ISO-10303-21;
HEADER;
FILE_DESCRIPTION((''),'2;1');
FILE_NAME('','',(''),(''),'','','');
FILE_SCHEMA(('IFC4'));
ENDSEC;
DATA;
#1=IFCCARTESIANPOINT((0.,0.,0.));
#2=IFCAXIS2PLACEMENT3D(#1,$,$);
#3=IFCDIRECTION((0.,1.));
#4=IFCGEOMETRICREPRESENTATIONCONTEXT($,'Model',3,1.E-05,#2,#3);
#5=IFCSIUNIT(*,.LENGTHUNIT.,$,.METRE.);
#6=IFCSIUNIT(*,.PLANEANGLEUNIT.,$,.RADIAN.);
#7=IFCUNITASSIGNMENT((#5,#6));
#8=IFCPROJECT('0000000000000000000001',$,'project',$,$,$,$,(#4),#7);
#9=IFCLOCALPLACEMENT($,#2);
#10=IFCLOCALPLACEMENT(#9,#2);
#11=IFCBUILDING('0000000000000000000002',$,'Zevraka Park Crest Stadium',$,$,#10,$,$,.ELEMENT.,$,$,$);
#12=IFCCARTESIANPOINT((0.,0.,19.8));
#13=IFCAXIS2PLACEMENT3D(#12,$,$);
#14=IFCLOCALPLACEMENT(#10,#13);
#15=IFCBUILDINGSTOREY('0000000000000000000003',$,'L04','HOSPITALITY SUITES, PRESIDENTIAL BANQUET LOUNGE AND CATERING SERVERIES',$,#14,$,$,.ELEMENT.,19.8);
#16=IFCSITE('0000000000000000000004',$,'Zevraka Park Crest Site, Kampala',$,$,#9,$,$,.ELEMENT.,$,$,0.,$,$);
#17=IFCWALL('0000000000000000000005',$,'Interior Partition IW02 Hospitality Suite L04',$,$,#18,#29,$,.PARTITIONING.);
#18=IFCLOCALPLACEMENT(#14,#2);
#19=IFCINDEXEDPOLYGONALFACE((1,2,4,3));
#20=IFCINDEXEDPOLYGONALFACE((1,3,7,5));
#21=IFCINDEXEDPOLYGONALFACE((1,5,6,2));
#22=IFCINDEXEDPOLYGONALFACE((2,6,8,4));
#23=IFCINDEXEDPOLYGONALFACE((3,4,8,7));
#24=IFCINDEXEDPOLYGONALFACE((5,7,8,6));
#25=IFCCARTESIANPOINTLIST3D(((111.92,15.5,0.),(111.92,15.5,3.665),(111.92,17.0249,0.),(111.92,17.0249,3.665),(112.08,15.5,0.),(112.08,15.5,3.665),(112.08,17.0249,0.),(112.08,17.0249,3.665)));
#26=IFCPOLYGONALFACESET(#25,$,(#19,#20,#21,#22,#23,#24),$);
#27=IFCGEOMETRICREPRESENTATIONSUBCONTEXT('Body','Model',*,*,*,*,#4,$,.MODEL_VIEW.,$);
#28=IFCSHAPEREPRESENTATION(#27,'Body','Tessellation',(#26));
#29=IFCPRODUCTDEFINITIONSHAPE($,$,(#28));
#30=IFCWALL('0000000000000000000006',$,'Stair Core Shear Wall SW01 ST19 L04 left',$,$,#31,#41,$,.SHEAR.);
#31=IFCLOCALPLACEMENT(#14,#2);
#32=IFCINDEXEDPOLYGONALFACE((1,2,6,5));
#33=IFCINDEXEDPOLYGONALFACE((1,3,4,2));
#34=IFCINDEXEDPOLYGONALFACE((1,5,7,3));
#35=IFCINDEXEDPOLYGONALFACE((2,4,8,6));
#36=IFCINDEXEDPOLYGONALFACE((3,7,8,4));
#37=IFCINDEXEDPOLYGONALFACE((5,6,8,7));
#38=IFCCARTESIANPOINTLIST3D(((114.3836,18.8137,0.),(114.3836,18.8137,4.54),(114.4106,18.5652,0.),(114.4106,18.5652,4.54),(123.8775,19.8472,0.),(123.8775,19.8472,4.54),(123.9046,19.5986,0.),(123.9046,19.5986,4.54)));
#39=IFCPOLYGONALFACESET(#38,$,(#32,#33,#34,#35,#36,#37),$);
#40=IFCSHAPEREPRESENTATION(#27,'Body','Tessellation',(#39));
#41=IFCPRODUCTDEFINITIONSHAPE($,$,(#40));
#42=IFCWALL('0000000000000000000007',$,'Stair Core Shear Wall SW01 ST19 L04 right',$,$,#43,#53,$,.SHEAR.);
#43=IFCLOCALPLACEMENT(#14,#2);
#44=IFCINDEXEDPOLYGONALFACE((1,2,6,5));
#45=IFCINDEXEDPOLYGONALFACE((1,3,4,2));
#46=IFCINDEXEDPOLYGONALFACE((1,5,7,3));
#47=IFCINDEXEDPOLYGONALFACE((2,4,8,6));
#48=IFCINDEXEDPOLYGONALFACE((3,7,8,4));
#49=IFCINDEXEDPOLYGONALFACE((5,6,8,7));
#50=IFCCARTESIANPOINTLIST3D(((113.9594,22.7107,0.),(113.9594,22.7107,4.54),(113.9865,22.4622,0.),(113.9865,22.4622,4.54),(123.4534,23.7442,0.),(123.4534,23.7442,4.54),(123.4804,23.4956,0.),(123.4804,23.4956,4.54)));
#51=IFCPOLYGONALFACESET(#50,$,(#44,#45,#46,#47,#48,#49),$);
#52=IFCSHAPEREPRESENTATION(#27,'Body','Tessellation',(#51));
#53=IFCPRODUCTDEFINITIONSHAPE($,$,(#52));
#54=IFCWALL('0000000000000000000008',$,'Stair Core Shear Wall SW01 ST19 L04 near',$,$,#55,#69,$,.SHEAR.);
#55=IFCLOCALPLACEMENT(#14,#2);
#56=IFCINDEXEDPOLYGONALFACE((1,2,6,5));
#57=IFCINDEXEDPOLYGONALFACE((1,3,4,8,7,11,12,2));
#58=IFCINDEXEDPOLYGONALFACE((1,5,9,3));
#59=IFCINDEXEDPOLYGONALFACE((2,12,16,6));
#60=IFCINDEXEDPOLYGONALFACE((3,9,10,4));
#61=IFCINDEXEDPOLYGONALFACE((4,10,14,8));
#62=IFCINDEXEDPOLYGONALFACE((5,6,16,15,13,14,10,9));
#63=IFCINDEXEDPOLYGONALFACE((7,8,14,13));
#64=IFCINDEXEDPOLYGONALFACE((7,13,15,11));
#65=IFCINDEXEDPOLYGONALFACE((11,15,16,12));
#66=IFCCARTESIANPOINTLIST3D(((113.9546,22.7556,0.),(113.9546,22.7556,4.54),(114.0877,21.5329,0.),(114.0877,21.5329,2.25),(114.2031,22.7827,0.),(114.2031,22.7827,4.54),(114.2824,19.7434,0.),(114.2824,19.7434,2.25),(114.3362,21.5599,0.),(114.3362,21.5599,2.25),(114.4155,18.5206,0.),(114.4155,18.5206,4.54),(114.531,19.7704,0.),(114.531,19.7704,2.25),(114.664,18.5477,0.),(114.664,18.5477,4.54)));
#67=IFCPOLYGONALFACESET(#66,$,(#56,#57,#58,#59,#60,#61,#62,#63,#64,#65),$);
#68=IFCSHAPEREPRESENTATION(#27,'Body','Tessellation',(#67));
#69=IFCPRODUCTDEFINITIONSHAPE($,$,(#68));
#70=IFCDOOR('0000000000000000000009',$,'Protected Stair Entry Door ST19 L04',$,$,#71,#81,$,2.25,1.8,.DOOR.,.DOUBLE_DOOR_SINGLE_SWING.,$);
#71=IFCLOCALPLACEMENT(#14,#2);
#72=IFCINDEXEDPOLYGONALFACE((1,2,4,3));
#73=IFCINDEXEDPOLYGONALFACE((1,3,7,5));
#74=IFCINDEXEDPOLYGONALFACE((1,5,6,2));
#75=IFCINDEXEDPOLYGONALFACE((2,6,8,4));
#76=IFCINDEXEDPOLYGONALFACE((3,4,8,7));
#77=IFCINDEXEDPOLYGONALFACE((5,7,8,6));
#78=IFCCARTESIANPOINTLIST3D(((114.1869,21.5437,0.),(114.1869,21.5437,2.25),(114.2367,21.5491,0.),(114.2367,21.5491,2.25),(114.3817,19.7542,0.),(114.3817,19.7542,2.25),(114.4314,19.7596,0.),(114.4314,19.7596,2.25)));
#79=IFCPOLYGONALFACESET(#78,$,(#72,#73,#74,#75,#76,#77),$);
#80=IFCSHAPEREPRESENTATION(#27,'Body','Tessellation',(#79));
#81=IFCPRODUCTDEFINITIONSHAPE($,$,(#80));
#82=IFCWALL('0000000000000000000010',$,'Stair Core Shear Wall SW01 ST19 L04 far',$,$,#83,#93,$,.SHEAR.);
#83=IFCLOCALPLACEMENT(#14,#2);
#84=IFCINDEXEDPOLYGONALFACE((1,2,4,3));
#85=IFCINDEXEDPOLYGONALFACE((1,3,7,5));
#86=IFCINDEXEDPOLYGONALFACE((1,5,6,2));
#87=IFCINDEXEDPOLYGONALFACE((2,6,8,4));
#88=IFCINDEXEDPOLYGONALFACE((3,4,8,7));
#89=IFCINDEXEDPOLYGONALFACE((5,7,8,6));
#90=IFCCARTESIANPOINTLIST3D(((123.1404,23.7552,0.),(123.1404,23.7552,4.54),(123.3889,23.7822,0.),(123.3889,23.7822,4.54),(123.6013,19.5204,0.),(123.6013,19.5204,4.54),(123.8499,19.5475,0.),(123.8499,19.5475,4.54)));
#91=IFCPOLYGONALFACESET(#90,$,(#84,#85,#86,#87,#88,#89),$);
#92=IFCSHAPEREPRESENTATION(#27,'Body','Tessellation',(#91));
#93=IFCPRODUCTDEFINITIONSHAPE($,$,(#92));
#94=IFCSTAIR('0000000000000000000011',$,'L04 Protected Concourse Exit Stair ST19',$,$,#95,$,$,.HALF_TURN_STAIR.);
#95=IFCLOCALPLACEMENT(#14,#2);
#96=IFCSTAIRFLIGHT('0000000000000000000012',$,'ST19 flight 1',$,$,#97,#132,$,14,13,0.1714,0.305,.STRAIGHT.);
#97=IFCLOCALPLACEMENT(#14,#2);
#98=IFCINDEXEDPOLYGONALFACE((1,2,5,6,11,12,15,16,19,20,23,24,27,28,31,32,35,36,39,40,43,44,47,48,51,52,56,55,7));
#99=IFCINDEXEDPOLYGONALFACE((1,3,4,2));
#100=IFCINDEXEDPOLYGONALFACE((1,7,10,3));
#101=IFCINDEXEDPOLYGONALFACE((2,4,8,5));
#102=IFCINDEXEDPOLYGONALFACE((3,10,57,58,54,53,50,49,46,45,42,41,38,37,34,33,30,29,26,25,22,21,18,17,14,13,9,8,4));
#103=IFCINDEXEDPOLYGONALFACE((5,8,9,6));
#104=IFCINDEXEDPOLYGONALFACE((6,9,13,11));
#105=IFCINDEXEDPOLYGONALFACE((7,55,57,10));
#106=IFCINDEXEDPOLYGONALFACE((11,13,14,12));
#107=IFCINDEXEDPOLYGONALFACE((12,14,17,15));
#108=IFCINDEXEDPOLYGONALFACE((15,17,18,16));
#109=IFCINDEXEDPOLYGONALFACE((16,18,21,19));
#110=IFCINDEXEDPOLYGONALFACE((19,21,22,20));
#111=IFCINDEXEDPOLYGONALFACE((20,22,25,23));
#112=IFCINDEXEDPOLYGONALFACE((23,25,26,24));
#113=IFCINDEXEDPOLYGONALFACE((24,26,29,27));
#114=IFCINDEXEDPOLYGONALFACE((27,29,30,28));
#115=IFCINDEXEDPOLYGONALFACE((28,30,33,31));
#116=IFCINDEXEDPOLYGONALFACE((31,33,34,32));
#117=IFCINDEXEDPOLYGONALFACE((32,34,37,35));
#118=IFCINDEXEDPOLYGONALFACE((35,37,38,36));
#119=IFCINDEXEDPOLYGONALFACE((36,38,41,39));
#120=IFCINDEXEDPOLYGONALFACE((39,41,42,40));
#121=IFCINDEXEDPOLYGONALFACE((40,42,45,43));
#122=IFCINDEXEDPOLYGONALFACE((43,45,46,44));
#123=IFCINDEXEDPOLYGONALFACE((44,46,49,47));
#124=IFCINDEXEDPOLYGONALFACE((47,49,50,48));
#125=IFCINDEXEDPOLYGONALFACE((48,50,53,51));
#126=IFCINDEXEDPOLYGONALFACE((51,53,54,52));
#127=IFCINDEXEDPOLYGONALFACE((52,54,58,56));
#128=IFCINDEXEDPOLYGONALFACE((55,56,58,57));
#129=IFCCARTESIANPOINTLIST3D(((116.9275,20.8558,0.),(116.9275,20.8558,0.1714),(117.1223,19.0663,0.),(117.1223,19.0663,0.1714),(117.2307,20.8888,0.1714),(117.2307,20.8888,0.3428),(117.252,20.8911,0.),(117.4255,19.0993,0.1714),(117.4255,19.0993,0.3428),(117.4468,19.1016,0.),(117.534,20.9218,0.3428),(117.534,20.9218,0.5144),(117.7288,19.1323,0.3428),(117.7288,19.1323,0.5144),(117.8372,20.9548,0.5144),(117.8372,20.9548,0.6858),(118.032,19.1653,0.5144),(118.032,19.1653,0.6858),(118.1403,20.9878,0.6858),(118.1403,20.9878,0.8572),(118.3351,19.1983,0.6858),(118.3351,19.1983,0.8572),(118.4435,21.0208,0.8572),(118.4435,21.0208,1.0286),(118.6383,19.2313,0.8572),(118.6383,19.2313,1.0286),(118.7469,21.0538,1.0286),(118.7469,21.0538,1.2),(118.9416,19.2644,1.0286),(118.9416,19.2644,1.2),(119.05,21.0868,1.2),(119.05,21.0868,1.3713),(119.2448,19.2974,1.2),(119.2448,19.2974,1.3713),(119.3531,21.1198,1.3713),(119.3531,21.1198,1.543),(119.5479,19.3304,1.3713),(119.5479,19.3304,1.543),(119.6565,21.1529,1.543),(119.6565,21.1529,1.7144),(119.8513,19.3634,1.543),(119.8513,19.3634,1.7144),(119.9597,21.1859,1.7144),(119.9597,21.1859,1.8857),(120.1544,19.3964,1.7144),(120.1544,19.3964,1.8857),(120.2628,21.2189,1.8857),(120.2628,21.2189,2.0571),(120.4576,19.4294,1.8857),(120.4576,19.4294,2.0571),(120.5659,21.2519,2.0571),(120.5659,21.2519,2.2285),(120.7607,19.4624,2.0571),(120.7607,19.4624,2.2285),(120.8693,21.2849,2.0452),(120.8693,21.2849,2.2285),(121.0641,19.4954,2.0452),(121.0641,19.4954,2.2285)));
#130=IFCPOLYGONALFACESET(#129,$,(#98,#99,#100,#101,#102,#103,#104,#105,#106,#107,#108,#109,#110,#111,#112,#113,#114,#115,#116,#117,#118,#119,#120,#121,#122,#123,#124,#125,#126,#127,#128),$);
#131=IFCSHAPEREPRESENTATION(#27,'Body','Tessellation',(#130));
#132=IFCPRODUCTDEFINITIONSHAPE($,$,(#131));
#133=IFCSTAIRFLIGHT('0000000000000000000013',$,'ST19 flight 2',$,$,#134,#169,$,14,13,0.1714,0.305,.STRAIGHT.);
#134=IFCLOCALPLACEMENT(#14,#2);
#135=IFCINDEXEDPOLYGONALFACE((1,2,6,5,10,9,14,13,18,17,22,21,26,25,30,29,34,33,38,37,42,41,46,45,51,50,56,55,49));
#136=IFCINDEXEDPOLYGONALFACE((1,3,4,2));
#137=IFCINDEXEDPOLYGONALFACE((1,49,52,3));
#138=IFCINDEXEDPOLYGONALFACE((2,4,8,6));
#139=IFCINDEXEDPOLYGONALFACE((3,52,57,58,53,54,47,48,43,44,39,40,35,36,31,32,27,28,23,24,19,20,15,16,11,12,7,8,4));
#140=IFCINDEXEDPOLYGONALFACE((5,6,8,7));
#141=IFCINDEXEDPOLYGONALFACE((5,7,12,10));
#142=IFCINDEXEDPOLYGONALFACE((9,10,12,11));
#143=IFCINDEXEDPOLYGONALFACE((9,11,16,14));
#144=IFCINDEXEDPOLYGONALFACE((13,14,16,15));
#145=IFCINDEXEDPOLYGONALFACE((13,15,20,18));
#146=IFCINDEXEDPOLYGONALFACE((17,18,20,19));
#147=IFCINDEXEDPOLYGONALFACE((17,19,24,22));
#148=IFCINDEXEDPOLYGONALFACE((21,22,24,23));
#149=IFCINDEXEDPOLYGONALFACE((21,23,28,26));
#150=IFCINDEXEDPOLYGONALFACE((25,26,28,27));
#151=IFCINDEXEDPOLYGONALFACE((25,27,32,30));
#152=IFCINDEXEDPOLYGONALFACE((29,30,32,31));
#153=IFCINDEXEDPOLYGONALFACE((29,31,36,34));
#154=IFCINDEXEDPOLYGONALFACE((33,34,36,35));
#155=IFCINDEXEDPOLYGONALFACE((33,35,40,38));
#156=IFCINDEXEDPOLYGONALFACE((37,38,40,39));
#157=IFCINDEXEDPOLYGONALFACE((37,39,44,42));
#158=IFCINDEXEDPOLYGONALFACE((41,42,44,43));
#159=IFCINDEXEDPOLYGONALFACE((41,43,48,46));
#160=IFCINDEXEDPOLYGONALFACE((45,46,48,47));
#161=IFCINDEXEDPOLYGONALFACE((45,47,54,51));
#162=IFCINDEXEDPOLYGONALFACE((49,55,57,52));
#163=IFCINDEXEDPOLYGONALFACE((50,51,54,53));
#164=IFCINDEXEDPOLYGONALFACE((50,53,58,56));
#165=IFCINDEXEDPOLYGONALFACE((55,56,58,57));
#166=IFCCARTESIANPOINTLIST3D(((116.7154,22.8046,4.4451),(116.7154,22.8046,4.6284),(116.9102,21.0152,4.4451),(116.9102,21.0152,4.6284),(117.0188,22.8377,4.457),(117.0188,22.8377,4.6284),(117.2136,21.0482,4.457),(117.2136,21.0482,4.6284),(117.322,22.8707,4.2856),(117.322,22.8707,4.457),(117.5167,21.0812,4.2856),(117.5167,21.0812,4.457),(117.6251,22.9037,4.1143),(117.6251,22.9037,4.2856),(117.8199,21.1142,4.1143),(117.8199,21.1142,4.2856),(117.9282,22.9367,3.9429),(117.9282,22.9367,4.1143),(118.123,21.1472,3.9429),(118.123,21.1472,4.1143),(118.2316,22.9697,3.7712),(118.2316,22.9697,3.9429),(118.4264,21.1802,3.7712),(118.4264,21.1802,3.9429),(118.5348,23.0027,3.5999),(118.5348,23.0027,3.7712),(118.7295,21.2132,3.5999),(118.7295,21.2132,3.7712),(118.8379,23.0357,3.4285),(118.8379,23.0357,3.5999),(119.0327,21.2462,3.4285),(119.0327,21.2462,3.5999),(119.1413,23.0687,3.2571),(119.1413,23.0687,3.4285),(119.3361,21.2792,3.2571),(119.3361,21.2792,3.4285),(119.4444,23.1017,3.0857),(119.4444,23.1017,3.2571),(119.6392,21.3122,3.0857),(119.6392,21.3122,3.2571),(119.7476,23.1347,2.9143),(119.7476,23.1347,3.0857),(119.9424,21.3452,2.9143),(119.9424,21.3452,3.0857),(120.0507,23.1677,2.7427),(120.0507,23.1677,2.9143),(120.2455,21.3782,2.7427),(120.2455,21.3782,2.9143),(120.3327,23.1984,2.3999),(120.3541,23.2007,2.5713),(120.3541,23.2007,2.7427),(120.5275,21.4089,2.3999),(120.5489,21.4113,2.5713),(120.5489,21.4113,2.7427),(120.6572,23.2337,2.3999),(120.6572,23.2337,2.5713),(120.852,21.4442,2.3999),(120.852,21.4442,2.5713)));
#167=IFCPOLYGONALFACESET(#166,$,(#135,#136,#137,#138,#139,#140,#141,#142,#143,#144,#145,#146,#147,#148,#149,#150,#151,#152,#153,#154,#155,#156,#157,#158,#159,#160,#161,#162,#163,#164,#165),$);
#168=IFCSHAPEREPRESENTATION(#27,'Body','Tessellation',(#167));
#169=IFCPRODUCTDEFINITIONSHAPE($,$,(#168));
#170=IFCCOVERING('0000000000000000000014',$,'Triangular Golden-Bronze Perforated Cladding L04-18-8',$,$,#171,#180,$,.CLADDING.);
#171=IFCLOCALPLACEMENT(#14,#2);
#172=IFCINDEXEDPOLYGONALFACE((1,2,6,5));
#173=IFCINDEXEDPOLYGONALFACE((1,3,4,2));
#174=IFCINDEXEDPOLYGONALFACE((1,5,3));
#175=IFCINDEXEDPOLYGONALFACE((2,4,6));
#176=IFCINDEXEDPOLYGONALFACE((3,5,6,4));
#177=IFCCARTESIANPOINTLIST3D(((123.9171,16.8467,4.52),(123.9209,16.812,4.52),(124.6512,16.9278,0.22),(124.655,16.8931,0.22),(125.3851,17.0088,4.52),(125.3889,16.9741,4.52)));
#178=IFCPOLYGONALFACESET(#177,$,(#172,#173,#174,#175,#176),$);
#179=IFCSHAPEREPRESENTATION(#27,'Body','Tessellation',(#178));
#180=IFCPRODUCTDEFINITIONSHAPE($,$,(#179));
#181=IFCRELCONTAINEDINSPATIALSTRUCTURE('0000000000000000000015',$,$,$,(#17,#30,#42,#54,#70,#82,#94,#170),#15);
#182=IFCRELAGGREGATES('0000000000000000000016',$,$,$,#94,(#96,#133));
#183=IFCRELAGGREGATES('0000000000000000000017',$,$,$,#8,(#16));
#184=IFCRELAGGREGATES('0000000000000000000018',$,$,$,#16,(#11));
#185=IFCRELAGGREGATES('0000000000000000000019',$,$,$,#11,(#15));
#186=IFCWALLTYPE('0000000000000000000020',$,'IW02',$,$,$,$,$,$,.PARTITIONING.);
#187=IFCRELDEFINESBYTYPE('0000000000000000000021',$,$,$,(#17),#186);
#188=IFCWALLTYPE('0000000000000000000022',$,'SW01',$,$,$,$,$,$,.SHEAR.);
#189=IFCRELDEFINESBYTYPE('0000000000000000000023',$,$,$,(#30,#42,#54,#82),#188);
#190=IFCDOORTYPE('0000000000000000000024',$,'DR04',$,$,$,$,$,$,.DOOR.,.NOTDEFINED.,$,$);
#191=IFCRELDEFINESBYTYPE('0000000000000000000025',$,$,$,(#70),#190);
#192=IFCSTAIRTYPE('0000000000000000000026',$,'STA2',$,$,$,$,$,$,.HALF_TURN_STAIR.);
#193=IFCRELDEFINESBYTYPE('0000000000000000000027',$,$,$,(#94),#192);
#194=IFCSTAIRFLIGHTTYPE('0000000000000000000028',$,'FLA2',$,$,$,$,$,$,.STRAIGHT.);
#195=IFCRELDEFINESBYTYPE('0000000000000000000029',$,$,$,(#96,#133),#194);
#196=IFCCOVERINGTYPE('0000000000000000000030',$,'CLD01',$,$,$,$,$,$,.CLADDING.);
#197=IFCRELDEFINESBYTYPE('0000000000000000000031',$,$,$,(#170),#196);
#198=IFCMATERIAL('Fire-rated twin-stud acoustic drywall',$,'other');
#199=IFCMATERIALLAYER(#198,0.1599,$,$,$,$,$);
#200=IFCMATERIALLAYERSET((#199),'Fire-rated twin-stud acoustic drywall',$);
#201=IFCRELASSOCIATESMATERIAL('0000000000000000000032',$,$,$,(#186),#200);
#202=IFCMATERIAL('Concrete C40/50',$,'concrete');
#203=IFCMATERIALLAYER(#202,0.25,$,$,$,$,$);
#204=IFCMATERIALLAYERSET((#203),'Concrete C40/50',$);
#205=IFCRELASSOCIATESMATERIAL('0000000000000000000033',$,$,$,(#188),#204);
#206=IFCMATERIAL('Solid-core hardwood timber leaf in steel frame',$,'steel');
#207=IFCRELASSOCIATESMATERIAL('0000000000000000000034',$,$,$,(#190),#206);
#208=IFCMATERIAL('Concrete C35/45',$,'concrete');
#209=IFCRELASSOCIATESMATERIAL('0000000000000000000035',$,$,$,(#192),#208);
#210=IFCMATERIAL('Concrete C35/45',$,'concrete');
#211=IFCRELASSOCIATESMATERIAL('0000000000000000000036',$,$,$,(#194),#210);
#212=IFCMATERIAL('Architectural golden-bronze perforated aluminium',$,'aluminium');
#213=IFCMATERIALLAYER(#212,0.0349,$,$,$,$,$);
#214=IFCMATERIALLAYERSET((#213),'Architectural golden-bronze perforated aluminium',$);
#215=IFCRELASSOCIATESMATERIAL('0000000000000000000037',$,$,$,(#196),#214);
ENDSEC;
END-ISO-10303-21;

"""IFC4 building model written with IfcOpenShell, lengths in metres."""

from ifc_helpers import new_model, si_unit, direction, frame, frame_2d, origin, place, context, subcontext, project, spatial, polyline, rectangle, outline, extrude, material, layer, layer_set, type_object, element, fill, aggregate, save


model = new_model("IFC4")

# Units and contexts
model_context = context("Model", 3, precision=1e-05, world=origin(), true_north=direction((0.0, 1.0)))
body_context = subcontext(model_context, "Body", "Model", "MODEL_VIEW")
ifc_project = project(units=[si_unit("LENGTHUNIT", "METRE"), si_unit("PLANEANGLEUNIT", "RADIAN")], contexts=[model_context])

# Site, building, storey
site_placement = place(None, origin())
site = spatial("IfcSite", under=ifc_project, at=site_placement, Name="Zevraka Park Crest Site, Kampala", CompositionType="ELEMENT", RefElevation=0.0)
building_placement = place(site_placement, origin())
building = spatial("IfcBuilding", under=site, at=building_placement, Name="Zevraka Park Crest Stadium", CompositionType="ELEMENT")
storey_placement = place(building_placement, frame((0.0, 0.0, 19.8)))
storey = spatial("IfcBuildingStorey", under=building, at=storey_placement, Name="L04", Description="HOSPITALITY SUITES, PRESIDENTIAL BANQUET LOUNGE AND CATERING SERVERIES", CompositionType="ELEMENT", Elevation=19.8)

# Walls
ifc_material_1 = material(Name="Fire-rated twin-stud acoustic drywall", Category="other")
ifc_layer_1 = layer(ifc_material_1, 0.1599)
ifc_layer_set_1 = layer_set([ifc_layer_1], Name="Fire-rated twin-stud acoustic drywall")
wall_type_1 = type_object("IfcWallType", Name="IW02", PredefinedType="PARTITIONING", material=ifc_layer_set_1)
wall_1_placement = place(storey_placement, frame((112.0, 17.0249, 0.0), z_axis=(0.0, 0.0, 1.0), x_axis=(0.0, -1.0, 0.0)))
element("IfcWall", 1, at=wall_1_placement, inside=storey, type_object=wall_type_1, Name="Interior Partition IW02 Hospitality Suite L04", PredefinedType="PARTITIONING", context=body_context, shape_type="SweptSolid", body=[
    extrude(rectangle(XDim=1.5249, YDim=0.1599, at=frame_2d((0.7625, 0.0))), origin(), (0.0, 0.0, 1.0), 3.665),
])
ifc_material_2 = material(Name="Concrete C40/50", Category="concrete")
ifc_layer_2 = layer(ifc_material_2, 0.25)
ifc_layer_set_2 = layer_set([ifc_layer_2], Name="Concrete C40/50")
wall_type_2 = type_object("IfcWallType", Name="SW01", PredefinedType="SHEAR", material=ifc_layer_set_2)
for number, where, z_axis, x_axis, name in (
    (2, (114.3972, 18.6895, 0.0), (0.0, 0.0, 1.0), (0.994128, 0.108215, 0.0), "Stair Core Shear Wall SW01 ST19 L04 left"),
    (3, (123.4668, 23.6199, 0.0), (0.0, 0.0, 1.0), (-0.994128, -0.108215, 0.0), "Stair Core Shear Wall SW01 ST19 L04 right"),
):
    element("IfcWall", number, at=place(storey_placement, frame(where, z_axis=z_axis, x_axis=x_axis)), inside=storey, type_object=wall_type_2, Name=name, PredefinedType="SHEAR", context=body_context, shape_type="SweptSolid", body=[
        extrude(rectangle(XDim=9.55, YDim=0.25, at=frame_2d((4.7749, 0.0))), origin(), (0.0, 0.0, 1.0), 4.54),
    ])

# Wall, opening, door
wall_2_placement = place(storey_placement, frame((114.0789, 22.769, 0.0), z_axis=(0.0, 0.0, 1.0), x_axis=(0.108198, -0.994129, 0.0)))
wall_2 = element("IfcWall", 4, at=wall_2_placement, inside=storey, type_object=wall_type_2, Name="Stair Core Shear Wall SW01 ST19 L04 near", PredefinedType="SHEAR", context=body_context, shape_type="SweptSolid", body=[
    extrude(rectangle(XDim=4.26, YDim=0.25, at=frame_2d((2.1299, 0.0))), origin(), (0.0, 0.0, 1.0), 4.54),
])
opening_placement = place(wall_2_placement, frame((1.23, 0.0, 0.0)))
opening = element("IfcOpeningElement", 5, at=opening_placement, cuts=wall_2, PredefinedType="OPENING", context=body_context, shape_type="SweptSolid", body=[
    extrude(rectangle(XDim=1.8, YDim=2.25, at=frame_2d((0.8999, 1.125))), frame((0.0, 0.135, 0.0), z_axis=(0.0, -1.0, 0.0), x_axis=(1.0, 0.0, 0.0)), (0.0, 0.0, 1.0), 0.27),
])
ifc_material_3 = material(Name="Solid-core hardwood timber leaf in steel frame", Category="steel")
door_type = type_object("IfcDoorType", Name="DR04", OperationType="NOTDEFINED", PredefinedType="DOOR", material=ifc_material_3)
door_placement = place(opening_placement, origin())
door = element("IfcDoor", 6, at=door_placement, inside=storey, type_object=door_type, Name="Protected Stair Entry Door ST19 L04", OperationType="DOUBLE_DOOR_SINGLE_SWING", OverallHeight=2.25, OverallWidth=1.8, PredefinedType="DOOR", context=body_context, shape_type="SweptSolid", body=[
    extrude(rectangle(XDim=1.8, YDim=2.25, at=frame_2d((0.8999, 1.125))), frame((0.0, 0.0249, 0.0), z_axis=(0.0, -1.0, 0.0), x_axis=(1.0, 0.0, 0.0)), (0.0, 0.0, 1.0), 0.05),
])
fill(opening, door)

# Wall
wall_3_placement = place(storey_placement, frame((123.7256, 19.5339, 0.0), z_axis=(0.0, 0.0, 1.0), x_axis=(-0.108204, 0.994129, 0.0)))
element("IfcWall", 7, at=wall_3_placement, inside=storey, type_object=wall_type_2, Name="Stair Core Shear Wall SW01 ST19 L04 far", PredefinedType="SHEAR", context=body_context, shape_type="SweptSolid", body=[
    extrude(rectangle(XDim=4.2598, YDim=0.25, at=frame_2d((2.1299, 0.0))), origin(), (0.0, 0.0, 1.0), 4.54),
])

# Stair, stair flights
ifc_material_4 = material(Name="Concrete C35/45", Category="concrete")
stair_type = type_object("IfcStairType", Name="STA2", PredefinedType="HALF_TURN_STAIR", material=ifc_material_4)
stair_placement = place(storey_placement, origin())
stair = element("IfcStair", 8, at=stair_placement, inside=storey, type_object=stair_type, Name="L04 Protected Concourse Exit Stair ST19", PredefinedType="HALF_TURN_STAIR")
ifc_material_5 = material(Name="Concrete C35/45", Category="concrete")
stair_flight_type = type_object("IfcStairFlightType", Name="FLA2", PredefinedType="STRAIGHT", material=ifc_material_5)
stair_flight_1_placement = place(storey_placement, frame((117.0249, 19.9612, 0.0), z_axis=(0.0, 0.0, 1.0), x_axis=(0.994128, 0.108215, 0.0)))
stair_flight_1 = element("IfcStairFlight", 9, at=stair_flight_1_placement, type_object=stair_flight_type, Name="ST19 flight 1", NumberOfRisers=14, NumberOfTreads=13, PredefinedType="STRAIGHT", RiserHeight=0.1714, TreadLength=0.305, context=body_context, shape_type="SweptSolid", body=[
    extrude(outline(polyline([(0.0, 0.0), (0.0, 0.1714), (0.3049, 0.1714), (0.3049, 0.3428), (0.6101, 0.3428), (0.6101, 0.5144), (0.915, 0.5144), (0.915, 0.6858), (1.22, 0.6858), (1.22, 0.8572), (1.5249, 0.8572), (1.5249, 1.0286), (1.8301, 1.0286), (1.8301, 1.2), (2.135, 1.2), (2.135, 1.3713), (2.4399, 1.3713), (2.4399, 1.543), (2.7451, 1.543), (2.7451, 1.7144), (3.05, 1.7144), (3.05, 1.8857), (3.355, 1.8857), (3.355, 2.0571), (3.6599, 2.0571), (3.6599, 2.2285), (3.9651, 2.2285), (3.9651, 2.3999), (3.9651, 2.0452), (0.3264, 0.0), (0.0, 0.0)])), frame((0.0, 0.8999, 0.0), z_axis=(0.0, -1.0, 0.0), x_axis=(1.0, 0.0, 0.0)), (0.0, 0.0, 1.0), 1.8),
])
stair_flight_2_placement = place(storey_placement, frame((120.7546, 22.3389, 2.3999), z_axis=(0.0, 0.0, 1.0), x_axis=(-0.994128, -0.108215, 0.0)))
stair_flight_2 = element("IfcStairFlight", 10, at=stair_flight_2_placement, type_object=stair_flight_type, Name="ST19 flight 2", NumberOfRisers=14, NumberOfTreads=13, PredefinedType="STRAIGHT", RiserHeight=0.1714, TreadLength=0.305, context=body_context, shape_type="SweptSolid", body=[
    extrude(outline(polyline([(0.0, 0.0), (0.0, 0.1714), (0.3049, 0.1714), (0.3049, 0.3428), (0.6101, 0.3428), (0.6101, 0.5144), (0.915, 0.5144), (0.915, 0.6858), (1.22, 0.6858), (1.22, 0.8572), (1.5249, 0.8572), (1.5249, 1.0286), (1.8301, 1.0286), (1.8301, 1.2), (2.135, 1.2), (2.135, 1.3713), (2.4399, 1.3713), (2.4399, 1.543), (2.7451, 1.543), (2.7451, 1.7144), (3.05, 1.7144), (3.05, 1.8857), (3.355, 1.8857), (3.355, 2.0571), (3.6599, 2.0571), (3.6599, 2.2285), (3.9651, 2.2285), (3.9651, 2.3999), (3.9651, 2.0452), (0.3264, 0.0), (0.0, 0.0)])), frame((0.0, 0.8999, 0.0), z_axis=(0.0, -1.0, 0.0), x_axis=(1.0, 0.0, 0.0)), (0.0, 0.0, 1.0), 1.8),
])
aggregate(stair, [stair_flight_1, stair_flight_2])

# Covering
ifc_material_6 = material(Name="Architectural golden-bronze perforated aluminium", Category="aluminium")
ifc_layer_3 = layer(ifc_material_6, 0.0349)
ifc_layer_set_3 = layer_set([ifc_layer_3], Name="Architectural golden-bronze perforated aluminium")
covering_type = type_object("IfcCoveringType", Name="CLD01", PredefinedType="CLADDING", material=ifc_layer_set_3)
covering_placement = place(storey_placement, frame((125.3889, 16.9741, 4.52), z_axis=(0.10976, -0.993958, 0.000003), x_axis=(-0.993958, -0.10976, 0.0)))
element("IfcCovering", 11, at=covering_placement, inside=storey, type_object=covering_type, Name="Triangular Golden-Bronze Perforated Cladding L04-18-8", PredefinedType="CLADDING", context=body_context, shape_type="SweptSolid", body=[
    extrude(outline(polyline([(0.0, 0.0), (1.4769, 0.0), (0.7383, 4.3), (0.0, 0.0)])), origin(), (0.0, 0.0, -1.0), 0.0349),
])

save(model, "model.ifc")
